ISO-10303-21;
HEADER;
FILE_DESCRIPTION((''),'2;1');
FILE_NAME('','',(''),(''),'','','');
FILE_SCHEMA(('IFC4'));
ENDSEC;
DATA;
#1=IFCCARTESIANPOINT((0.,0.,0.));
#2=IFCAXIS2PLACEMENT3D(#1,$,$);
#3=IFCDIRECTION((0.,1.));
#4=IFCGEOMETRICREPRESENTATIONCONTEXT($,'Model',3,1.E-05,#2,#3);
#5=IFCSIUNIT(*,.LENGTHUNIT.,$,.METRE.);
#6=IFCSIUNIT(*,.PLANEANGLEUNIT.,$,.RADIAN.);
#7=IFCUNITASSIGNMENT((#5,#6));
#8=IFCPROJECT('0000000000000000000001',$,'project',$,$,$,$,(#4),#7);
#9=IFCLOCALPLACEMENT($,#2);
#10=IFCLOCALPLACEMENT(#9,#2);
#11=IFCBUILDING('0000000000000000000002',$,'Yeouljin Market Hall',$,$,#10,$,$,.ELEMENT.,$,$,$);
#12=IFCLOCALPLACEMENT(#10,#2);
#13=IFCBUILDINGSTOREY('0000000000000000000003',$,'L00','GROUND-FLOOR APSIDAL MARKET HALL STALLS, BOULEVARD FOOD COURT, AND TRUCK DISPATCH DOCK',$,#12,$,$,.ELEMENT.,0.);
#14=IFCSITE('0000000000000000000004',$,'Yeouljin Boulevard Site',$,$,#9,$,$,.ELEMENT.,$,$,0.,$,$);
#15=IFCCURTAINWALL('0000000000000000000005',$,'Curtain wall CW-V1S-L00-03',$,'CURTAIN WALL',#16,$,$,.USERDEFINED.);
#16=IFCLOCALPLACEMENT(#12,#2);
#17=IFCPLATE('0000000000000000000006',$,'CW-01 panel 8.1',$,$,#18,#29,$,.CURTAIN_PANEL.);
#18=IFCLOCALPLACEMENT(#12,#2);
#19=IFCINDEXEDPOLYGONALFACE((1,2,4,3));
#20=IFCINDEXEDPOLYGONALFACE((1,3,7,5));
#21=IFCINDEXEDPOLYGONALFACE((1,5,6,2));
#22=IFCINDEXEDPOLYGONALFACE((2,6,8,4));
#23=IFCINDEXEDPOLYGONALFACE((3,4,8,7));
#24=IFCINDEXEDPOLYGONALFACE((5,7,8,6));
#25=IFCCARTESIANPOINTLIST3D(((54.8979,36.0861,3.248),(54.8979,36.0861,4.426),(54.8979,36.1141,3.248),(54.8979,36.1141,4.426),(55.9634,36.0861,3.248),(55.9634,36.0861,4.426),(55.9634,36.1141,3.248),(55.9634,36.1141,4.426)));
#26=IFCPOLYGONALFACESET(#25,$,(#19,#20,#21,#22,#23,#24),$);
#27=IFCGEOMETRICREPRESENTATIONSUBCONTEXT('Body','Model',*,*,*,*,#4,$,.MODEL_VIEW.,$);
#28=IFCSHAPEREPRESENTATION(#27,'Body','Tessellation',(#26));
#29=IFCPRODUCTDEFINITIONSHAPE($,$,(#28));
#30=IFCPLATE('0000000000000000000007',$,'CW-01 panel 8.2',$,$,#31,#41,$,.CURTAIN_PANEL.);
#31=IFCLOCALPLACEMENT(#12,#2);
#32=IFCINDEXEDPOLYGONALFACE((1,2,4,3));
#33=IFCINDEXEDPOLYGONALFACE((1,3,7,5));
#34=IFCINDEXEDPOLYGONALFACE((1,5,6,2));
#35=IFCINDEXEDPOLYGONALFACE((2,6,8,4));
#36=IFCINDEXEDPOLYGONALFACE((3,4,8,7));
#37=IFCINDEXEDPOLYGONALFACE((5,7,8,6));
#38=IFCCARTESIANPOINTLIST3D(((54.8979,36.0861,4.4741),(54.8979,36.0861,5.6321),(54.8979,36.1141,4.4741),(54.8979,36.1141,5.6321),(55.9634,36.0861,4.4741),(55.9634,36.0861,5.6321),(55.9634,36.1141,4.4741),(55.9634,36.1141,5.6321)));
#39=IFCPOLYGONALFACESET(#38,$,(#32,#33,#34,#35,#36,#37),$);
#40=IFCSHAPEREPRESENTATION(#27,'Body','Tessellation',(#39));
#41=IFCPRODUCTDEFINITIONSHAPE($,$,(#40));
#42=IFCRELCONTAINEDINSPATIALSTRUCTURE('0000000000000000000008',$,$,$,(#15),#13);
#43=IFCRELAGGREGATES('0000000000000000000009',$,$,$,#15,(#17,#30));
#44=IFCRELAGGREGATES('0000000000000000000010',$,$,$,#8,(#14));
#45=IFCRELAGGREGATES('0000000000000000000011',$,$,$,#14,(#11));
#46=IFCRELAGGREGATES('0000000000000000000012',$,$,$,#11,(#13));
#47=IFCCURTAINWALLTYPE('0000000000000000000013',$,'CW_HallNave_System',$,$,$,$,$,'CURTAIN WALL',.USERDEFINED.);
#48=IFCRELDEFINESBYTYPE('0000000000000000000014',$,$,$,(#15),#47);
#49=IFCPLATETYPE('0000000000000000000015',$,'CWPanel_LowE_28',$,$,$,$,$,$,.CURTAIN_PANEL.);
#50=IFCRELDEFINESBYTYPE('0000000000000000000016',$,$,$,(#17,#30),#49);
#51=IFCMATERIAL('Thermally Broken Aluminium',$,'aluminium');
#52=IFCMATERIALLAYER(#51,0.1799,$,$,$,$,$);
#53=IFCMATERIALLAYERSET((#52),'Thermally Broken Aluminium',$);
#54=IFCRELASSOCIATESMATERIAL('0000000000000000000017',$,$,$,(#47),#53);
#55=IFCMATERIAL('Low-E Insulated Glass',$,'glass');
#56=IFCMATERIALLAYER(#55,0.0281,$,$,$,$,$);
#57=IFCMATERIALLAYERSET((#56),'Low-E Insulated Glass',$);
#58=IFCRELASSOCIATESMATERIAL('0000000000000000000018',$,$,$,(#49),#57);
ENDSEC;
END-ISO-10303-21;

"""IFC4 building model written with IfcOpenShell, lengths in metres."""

from ifc_helpers import new_model, si_unit, direction, frame, origin, origin_2d, place, context, subcontext, project, spatial, rectangle, extrude, material, layer, layer_set, type_object, element, aggregate, save


model = new_model("IFC4")

# Units and contexts
model_context = context("Model", 3, precision=1e-05, world=origin(), true_north=direction((0.0, 1.0)))
body_context = subcontext(model_context, "Body", "Model", "MODEL_VIEW")
ifc_project = project(units=[si_unit("LENGTHUNIT", "METRE"), si_unit("PLANEANGLEUNIT", "RADIAN")], contexts=[model_context])

# Site, building, storey
site_placement = place(None, origin())
site = spatial("IfcSite", under=ifc_project, at=site_placement, Name="Yeouljin Boulevard Site", CompositionType="ELEMENT", RefElevation=0.0)
building_placement = place(site_placement, origin())
building = spatial("IfcBuilding", under=site, at=building_placement, Name="Yeouljin Market Hall", CompositionType="ELEMENT")
storey_placement = place(building_placement, origin())
storey = spatial("IfcBuildingStorey", under=building, at=storey_placement, Name="L00", Description="GROUND-FLOOR APSIDAL MARKET HALL STALLS, BOULEVARD FOOD COURT, AND TRUCK DISPATCH DOCK", CompositionType="ELEMENT", Elevation=0.0)

# Shared definitions
ifc_material_1 = material(Name="Thermally Broken Aluminium", Category="aluminium")
ifc_layer_1 = layer(ifc_material_1, 0.1799)
ifc_layer_set_1 = layer_set([ifc_layer_1], Name="Thermally Broken Aluminium")
curtain_wall_type = type_object("IfcCurtainWallType", Name="CW_HallNave_System", ElementType="CURTAIN WALL", PredefinedType="USERDEFINED", material=ifc_layer_set_1)

# Curtain wall
curtain_wall_1_placement = place(storey_placement, origin())
curtain_wall_1 = element("IfcCurtainWall", 1, at=curtain_wall_1_placement, inside=storey, type_object=curtain_wall_type, Name="Curtain wall CW-V1S-L00-03", ObjectType="CURTAIN WALL", PredefinedType="USERDEFINED")

# Plates
ifc_material_2 = material(Name="Low-E Insulated Glass", Category="glass")
ifc_layer_2 = layer(ifc_material_2, 0.0281)
ifc_layer_set_2 = layer_set([ifc_layer_2], Name="Low-E Insulated Glass")
plate_type = type_object("IfcPlateType", Name="CWPanel_LowE_28", PredefinedType="CURTAIN_PANEL", material=ifc_layer_set_2)
plate_1_placement = place(storey_placement, frame((55.4307, 36.1001, 3.248), z_axis=(0.0, 0.0, 1.0), x_axis=(-1.0, 0.0, 0.0)))
plate_1 = element("IfcPlate", 2, at=plate_1_placement, type_object=plate_type, Name="CW-01 panel 8.1", PredefinedType="CURTAIN_PANEL", context=body_context, shape_type="SweptSolid", body=[
    extrude(rectangle(XDim=1.0654, YDim=0.0281, at=origin_2d()), origin(), (0.0, 0.0, 1.0), 1.178),
])
plate_2_placement = place(storey_placement, frame((55.4307, 36.1001, 4.4741), z_axis=(0.0, 0.0, 1.0), x_axis=(-1.0, 0.0, 0.0)))
plate_2 = element("IfcPlate", 3, at=plate_2_placement, type_object=plate_type, Name="CW-01 panel 8.2", PredefinedType="CURTAIN_PANEL", context=body_context, shape_type="SweptSolid", body=[
    extrude(rectangle(XDim=1.0654, YDim=0.0281, at=origin_2d()), origin(), (0.0, 0.0, 1.0), 1.158),
])
aggregate(curtain_wall_1, [plate_1, plate_2])

save(model, "model.ifc")
